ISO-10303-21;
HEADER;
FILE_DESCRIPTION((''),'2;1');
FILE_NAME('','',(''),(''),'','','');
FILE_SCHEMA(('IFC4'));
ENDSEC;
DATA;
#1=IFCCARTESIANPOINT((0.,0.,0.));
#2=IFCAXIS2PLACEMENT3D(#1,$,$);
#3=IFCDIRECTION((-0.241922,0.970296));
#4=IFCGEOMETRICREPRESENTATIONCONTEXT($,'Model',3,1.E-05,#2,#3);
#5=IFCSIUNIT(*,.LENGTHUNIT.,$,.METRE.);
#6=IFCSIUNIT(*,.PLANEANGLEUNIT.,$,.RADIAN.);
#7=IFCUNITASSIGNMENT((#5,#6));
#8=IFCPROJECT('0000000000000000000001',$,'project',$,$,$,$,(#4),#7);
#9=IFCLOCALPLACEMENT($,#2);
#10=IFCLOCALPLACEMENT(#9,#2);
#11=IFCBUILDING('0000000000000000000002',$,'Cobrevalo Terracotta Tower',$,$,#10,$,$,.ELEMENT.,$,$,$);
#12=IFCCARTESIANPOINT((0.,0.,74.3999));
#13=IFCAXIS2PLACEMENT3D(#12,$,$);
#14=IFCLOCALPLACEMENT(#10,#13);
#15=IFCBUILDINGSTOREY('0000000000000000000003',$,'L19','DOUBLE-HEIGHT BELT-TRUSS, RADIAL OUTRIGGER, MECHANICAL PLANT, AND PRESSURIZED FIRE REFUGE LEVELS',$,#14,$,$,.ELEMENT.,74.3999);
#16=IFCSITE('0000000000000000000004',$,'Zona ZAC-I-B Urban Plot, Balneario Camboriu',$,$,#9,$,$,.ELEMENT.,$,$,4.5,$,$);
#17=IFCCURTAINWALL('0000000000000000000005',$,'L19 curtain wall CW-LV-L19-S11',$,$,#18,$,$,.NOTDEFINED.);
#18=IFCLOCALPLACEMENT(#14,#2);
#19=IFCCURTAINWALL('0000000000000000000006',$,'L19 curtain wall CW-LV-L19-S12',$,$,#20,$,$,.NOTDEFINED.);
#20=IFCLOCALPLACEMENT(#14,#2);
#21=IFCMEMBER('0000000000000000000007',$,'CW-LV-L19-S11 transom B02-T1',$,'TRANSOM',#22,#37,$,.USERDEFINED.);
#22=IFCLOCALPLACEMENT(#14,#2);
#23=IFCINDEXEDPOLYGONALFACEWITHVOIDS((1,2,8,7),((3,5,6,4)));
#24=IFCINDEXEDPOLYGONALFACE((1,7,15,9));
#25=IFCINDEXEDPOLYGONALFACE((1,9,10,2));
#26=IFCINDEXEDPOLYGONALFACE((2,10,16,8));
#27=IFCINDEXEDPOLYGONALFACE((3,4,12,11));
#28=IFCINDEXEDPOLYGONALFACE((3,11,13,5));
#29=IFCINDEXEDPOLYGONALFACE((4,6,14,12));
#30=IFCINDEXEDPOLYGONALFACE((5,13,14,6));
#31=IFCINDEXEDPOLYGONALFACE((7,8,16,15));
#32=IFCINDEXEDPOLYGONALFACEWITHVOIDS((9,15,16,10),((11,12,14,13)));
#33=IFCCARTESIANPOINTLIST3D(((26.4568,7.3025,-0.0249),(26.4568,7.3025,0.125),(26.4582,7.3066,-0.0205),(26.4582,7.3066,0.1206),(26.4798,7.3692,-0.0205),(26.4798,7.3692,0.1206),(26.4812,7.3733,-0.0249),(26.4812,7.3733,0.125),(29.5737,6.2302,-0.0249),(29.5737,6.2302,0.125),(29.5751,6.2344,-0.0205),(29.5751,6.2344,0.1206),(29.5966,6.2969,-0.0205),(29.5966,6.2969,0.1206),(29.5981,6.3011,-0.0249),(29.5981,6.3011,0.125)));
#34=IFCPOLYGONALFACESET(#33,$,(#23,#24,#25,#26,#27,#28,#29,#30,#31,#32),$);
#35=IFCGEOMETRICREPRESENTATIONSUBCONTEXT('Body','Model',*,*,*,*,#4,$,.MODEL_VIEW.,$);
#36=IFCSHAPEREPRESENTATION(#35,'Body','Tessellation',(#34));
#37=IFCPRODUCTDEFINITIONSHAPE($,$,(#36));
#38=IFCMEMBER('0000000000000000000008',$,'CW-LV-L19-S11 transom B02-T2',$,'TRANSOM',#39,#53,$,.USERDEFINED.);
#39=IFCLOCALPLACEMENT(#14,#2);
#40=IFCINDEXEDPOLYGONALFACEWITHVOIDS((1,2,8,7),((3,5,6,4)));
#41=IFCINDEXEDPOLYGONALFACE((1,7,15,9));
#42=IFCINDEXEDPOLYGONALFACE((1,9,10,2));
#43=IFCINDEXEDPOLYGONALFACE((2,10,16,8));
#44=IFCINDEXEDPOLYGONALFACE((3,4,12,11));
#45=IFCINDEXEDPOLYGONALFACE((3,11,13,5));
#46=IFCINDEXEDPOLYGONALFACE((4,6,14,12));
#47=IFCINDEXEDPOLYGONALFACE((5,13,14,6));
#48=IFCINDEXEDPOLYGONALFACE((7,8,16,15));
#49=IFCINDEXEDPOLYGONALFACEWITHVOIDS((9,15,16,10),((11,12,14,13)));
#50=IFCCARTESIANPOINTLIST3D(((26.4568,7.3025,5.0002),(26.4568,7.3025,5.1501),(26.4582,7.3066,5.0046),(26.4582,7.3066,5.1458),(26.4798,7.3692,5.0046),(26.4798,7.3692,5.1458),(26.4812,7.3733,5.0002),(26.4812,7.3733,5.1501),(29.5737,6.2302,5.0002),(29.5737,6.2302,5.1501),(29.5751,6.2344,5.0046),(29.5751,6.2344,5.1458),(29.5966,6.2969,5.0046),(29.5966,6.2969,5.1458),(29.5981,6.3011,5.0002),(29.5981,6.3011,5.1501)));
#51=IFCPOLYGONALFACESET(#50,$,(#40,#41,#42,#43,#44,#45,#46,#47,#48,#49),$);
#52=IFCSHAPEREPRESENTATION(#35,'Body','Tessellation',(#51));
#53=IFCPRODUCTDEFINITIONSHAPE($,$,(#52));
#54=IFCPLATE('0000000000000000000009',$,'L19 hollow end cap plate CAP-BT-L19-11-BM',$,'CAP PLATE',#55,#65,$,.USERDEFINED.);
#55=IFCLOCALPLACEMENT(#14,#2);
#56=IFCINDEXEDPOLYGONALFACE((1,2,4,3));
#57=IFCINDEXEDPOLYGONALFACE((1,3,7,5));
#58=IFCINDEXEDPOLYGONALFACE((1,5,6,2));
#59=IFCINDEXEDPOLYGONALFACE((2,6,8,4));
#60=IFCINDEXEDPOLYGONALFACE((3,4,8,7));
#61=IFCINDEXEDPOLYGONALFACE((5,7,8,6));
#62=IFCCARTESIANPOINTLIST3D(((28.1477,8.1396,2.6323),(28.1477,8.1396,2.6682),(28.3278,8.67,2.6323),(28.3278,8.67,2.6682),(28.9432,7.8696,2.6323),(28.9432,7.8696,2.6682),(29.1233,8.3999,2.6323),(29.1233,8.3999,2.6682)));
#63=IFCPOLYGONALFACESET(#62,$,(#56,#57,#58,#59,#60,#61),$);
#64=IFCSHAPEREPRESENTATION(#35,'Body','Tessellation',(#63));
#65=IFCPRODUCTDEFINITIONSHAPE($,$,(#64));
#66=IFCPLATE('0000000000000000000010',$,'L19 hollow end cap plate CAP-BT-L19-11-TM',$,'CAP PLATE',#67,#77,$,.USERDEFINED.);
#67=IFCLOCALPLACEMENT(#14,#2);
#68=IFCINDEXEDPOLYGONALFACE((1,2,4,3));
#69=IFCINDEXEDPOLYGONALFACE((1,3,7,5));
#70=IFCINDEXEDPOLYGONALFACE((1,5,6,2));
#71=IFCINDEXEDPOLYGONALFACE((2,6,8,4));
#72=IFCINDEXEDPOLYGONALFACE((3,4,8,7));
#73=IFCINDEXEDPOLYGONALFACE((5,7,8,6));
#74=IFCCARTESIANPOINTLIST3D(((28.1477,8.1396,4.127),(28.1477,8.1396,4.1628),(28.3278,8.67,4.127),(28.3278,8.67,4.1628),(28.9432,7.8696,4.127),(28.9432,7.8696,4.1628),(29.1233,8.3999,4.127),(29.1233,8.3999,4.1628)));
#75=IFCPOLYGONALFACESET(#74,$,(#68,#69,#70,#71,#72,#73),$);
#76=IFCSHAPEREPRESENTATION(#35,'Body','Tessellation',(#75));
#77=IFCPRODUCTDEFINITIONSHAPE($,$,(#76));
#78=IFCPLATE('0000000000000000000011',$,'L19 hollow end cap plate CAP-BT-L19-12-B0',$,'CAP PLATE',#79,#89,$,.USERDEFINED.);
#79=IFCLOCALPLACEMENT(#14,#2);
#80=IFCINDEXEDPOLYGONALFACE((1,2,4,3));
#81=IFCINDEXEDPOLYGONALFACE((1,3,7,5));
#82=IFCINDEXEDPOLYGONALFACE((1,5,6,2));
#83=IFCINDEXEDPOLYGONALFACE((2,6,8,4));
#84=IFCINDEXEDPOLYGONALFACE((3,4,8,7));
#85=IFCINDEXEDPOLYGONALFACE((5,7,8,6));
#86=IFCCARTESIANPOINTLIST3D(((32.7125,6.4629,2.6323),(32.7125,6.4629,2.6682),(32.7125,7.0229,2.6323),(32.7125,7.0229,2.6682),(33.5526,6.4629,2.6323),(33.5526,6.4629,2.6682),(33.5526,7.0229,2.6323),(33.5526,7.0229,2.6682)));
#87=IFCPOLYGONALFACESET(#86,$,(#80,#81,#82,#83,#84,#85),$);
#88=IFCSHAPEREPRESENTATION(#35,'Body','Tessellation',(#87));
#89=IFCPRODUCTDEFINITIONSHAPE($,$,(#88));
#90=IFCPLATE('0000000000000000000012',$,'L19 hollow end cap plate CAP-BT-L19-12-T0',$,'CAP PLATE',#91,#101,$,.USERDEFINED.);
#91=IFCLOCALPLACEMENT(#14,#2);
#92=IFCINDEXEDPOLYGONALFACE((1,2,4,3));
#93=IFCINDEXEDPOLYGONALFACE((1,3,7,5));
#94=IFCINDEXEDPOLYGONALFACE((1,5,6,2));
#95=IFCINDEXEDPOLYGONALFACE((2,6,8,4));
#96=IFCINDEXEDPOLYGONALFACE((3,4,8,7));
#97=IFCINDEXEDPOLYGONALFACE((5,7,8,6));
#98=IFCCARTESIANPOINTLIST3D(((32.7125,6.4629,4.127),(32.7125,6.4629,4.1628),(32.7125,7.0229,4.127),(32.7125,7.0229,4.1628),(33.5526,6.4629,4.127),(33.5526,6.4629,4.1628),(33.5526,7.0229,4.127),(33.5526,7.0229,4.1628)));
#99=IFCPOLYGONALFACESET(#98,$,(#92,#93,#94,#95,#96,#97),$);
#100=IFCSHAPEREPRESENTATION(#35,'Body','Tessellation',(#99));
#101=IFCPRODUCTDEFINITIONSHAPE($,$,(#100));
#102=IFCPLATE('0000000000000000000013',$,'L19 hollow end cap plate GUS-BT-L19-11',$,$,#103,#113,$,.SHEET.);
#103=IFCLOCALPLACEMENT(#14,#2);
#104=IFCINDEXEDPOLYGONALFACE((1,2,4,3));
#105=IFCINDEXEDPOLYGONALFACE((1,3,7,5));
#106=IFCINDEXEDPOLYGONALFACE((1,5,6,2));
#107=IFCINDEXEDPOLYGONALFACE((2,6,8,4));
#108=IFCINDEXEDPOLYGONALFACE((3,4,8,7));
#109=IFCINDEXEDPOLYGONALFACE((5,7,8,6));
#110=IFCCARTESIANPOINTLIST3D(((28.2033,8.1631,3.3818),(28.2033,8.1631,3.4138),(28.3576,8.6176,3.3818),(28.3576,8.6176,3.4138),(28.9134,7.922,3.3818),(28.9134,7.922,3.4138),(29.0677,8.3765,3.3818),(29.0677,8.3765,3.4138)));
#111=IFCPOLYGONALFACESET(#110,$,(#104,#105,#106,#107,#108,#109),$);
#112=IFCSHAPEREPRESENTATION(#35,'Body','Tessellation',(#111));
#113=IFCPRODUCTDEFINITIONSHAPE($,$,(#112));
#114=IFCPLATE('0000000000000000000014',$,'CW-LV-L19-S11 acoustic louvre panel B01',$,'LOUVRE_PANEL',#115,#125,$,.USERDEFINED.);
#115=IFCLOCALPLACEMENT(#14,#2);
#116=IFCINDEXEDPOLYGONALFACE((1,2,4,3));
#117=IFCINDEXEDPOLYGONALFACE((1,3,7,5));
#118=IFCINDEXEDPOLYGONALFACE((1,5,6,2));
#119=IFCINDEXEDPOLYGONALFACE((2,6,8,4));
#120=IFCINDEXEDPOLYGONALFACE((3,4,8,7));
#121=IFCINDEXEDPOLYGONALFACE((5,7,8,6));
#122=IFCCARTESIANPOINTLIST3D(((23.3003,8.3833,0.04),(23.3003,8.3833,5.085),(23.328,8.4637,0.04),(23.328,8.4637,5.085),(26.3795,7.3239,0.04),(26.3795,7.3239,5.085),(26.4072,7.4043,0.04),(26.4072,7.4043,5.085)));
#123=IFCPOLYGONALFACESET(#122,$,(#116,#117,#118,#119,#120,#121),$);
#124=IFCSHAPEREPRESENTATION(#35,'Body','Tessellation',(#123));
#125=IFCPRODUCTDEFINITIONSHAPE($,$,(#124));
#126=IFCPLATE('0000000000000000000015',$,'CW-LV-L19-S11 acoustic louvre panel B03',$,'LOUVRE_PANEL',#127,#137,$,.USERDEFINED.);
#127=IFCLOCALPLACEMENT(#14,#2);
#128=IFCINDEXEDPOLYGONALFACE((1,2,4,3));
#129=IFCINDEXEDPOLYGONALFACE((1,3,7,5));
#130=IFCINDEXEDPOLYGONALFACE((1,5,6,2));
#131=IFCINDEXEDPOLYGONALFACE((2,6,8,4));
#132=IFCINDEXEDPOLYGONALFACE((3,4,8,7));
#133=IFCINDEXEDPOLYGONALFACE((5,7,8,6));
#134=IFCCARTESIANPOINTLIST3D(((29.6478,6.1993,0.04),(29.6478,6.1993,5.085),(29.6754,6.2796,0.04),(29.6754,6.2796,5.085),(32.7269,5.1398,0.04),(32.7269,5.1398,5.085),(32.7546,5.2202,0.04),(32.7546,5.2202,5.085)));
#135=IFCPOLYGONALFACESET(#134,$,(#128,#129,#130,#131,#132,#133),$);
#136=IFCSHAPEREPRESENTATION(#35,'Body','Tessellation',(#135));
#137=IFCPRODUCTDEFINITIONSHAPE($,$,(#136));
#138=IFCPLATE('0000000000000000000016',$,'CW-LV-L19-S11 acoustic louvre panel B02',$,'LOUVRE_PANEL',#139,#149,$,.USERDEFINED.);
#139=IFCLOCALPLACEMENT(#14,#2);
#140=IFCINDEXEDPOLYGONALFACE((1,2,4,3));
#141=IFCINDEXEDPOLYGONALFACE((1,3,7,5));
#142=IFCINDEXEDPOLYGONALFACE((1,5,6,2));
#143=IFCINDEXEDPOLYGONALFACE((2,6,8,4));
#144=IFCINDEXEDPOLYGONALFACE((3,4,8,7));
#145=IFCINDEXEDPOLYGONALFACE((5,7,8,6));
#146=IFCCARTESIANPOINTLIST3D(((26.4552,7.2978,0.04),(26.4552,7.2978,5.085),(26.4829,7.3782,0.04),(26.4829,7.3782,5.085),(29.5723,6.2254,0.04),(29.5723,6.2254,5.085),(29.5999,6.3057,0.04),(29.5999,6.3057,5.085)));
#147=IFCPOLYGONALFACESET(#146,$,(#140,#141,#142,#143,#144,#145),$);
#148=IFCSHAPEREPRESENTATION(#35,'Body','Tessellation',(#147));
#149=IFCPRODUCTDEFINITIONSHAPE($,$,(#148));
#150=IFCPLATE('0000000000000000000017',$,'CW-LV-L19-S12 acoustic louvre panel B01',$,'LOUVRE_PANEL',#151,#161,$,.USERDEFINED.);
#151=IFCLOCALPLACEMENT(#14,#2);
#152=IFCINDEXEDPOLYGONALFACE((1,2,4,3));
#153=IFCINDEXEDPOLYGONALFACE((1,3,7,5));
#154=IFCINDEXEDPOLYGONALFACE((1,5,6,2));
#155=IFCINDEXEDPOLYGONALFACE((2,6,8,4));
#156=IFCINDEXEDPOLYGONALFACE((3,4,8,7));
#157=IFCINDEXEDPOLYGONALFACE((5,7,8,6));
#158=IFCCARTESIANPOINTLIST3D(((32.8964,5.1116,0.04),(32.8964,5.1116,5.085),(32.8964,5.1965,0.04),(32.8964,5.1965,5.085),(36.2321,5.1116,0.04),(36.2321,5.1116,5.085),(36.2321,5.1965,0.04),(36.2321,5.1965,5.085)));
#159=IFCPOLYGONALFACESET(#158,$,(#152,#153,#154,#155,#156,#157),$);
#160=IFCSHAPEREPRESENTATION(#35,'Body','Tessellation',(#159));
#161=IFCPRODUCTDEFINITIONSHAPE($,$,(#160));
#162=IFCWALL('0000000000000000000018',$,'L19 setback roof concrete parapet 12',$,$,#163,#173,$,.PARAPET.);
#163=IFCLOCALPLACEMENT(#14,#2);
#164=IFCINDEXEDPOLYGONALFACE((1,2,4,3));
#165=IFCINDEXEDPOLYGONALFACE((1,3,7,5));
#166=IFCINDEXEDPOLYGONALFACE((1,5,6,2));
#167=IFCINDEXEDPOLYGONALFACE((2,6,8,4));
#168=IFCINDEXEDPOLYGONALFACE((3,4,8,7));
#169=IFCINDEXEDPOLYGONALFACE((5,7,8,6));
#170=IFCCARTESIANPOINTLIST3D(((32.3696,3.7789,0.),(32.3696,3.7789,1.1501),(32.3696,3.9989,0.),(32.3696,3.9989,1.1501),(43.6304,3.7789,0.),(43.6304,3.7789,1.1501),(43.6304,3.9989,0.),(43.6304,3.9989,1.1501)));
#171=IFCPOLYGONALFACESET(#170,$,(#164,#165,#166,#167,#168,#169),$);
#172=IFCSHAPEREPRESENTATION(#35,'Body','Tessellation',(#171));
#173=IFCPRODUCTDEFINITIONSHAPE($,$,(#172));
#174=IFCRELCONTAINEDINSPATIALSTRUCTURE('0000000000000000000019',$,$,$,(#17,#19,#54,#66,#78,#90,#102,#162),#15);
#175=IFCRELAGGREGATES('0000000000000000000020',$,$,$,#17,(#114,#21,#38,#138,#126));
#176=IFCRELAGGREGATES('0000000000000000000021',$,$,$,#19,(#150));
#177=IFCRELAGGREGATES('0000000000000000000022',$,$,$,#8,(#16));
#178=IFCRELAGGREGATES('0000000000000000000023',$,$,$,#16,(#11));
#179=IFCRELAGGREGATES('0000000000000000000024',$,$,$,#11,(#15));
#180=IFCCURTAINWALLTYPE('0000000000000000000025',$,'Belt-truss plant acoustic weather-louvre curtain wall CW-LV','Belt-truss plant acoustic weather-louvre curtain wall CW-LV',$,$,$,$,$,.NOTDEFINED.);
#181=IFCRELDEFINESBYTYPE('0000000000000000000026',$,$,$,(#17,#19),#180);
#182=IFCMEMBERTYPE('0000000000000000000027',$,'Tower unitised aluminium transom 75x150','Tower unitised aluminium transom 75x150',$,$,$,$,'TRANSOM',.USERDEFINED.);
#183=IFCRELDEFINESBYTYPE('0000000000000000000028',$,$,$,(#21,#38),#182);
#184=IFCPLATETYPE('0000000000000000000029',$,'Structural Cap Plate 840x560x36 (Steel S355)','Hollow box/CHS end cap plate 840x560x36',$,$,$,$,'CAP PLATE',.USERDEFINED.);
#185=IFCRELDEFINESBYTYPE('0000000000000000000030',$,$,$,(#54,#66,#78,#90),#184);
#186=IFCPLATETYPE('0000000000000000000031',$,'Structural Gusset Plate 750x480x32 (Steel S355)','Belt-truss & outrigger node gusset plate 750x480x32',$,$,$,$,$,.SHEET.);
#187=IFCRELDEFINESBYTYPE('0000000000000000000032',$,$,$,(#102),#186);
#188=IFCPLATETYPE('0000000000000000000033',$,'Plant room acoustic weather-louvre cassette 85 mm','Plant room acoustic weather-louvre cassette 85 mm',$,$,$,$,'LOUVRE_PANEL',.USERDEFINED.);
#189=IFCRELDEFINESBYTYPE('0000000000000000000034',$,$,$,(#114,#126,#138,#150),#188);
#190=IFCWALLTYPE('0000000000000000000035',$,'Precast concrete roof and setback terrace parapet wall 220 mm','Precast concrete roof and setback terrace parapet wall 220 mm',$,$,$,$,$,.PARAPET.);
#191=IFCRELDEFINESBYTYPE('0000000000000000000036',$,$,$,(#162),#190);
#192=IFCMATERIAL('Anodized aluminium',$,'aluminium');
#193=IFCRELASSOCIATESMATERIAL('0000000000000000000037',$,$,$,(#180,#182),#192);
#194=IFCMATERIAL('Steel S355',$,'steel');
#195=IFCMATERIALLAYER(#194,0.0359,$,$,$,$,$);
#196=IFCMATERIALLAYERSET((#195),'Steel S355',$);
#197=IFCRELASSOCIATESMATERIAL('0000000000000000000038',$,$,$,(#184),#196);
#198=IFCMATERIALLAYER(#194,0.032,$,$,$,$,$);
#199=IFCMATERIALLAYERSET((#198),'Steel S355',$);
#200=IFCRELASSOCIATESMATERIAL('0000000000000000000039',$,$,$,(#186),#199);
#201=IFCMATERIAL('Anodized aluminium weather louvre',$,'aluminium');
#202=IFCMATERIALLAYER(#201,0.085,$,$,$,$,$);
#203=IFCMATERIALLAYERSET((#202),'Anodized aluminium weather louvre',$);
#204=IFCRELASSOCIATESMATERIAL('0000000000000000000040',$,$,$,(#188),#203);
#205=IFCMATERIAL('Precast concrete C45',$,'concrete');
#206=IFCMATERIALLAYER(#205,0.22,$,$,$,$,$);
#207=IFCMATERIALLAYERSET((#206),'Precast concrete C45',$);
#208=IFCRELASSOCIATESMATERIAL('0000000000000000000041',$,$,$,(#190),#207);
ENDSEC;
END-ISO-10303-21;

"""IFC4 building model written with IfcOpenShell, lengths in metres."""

from ifc_helpers import new_model, si_unit, direction, frame, frame_2d, origin, origin_2d, place, context, subcontext, project, spatial, rectangle, hollow_rectangle, extrude, source, transform, mapped, material, layer, layer_set, material_profile, profile_set, type_object, element, aggregate, save


model = new_model("IFC4")

# Units and contexts
model_context = context("Model", 3, precision=1e-05, world=origin(), true_north=direction((-0.241922, 0.970296)))
body_context = subcontext(model_context, "Body", "Model", "MODEL_VIEW")
ifc_project = project(units=[si_unit("LENGTHUNIT", "METRE"), si_unit("PLANEANGLEUNIT", "RADIAN")], contexts=[model_context])

# Site, building, storey
site_placement = place(None, origin())
site = spatial("IfcSite", under=ifc_project, at=site_placement, Name="Zona ZAC-I-B Urban Plot, Balneario Camboriu", CompositionType="ELEMENT", RefElevation=4.5)
building_placement = place(site_placement, origin())
building = spatial("IfcBuilding", under=site, at=building_placement, Name="Cobrevalo Terracotta Tower", CompositionType="ELEMENT")
storey_placement = place(building_placement, frame((0.0, 0.0, 74.3999)))
storey = spatial("IfcBuildingStorey", under=building, at=storey_placement, Name="L19", Description="DOUBLE-HEIGHT BELT-TRUSS, RADIAL OUTRIGGER, MECHANICAL PLANT, AND PRESSURIZED FIRE REFUGE LEVELS", CompositionType="ELEMENT", Elevation=74.3999)

# Shared definitions
ifc_material_1 = material(Name="Steel S355", Category="steel")

# Curtain walls
ifc_material_2 = material(Name="Anodized aluminium", Category="aluminium")
curtain_wall_type = type_object("IfcCurtainWallType", Name="Belt-truss plant acoustic weather-louvre curtain wall CW-LV", Description="Belt-truss plant acoustic weather-louvre curtain wall CW-LV", PredefinedType="NOTDEFINED", material=ifc_material_2)
curtain_wall_1_placement = place(storey_placement, origin())
curtain_wall_1 = element("IfcCurtainWall", 1, at=curtain_wall_1_placement, inside=storey, type_object=curtain_wall_type, Name="L19 curtain wall CW-LV-L19-S11", PredefinedType="NOTDEFINED")
curtain_wall_2_placement = place(storey_placement, origin())
curtain_wall_2 = element("IfcCurtainWall", 2, at=curtain_wall_2_placement, inside=storey, type_object=curtain_wall_type, Name="L19 curtain wall CW-LV-L19-S12", PredefinedType="NOTDEFINED")

# Members
ifc_material_profile_1 = material_profile(ifc_material_2, hollow_rectangle(XDim=0.075, YDim=0.1499, WallThickness=0.0044, at=origin_2d()), Name="CWT 75x150")
ifc_profile_set_1 = profile_set([ifc_material_profile_1], Name="Anodized aluminium")
member_type_1 = type_object("IfcMemberType", Name="Tower unitised aluminium transom 75x150", Description="Tower unitised aluminium transom 75x150", ElementType="TRANSOM", PredefinedType="USERDEFINED", material=ifc_profile_set_1)
shared_shape_1 = source(origin(), body_context, "Body", "SweptSolid", [
    extrude(hollow_rectangle(XDim=0.075, YDim=0.1499, WallThickness=0.0044, at=origin_2d()), origin(), (0.0, 0.0, 1.0), 3.2961),
])
member_1_placement = place(storey_placement, frame((26.469, 7.3379, 0.05), z_axis=(0.94561, -0.325301, 0.0), x_axis=(0.325301, 0.94561, 0.0)))
member_1 = element("IfcMember", 3, at=member_1_placement, type_object=member_type_1, Name="CW-LV-L19-S11 transom B02-T1", ObjectType="TRANSOM", PredefinedType="USERDEFINED", context=body_context, shape_type="MappedRepresentation", body=[
    mapped(shared_shape_1, transform((0.0, 0.0, 0.0), scale=1.0)),
])
member_2_placement = place(storey_placement, frame((26.469, 7.3379, 5.0752), z_axis=(0.94561, -0.325301, 0.0), x_axis=(0.325301, 0.94561, 0.0)))
member_2 = element("IfcMember", 4, at=member_2_placement, type_object=member_type_1, Name="CW-LV-L19-S11 transom B02-T2", ObjectType="TRANSOM", PredefinedType="USERDEFINED", context=body_context, shape_type="MappedRepresentation", body=[
    mapped(shared_shape_1, transform((0.0, 0.0, 0.0), scale=1.0)),
])

# Plates
ifc_layer_1 = layer(ifc_material_1, 0.0359)
ifc_layer_set_1 = layer_set([ifc_layer_1], Name="Steel S355")
plate_type_1 = type_object("IfcPlateType", Name="Structural Cap Plate 840x560x36 (Steel S355)", Description="Hollow box/CHS end cap plate 840x560x36", ElementType="CAP PLATE", PredefinedType="USERDEFINED", material=ifc_layer_set_1)
shared_shape_2 = source(origin(), body_context, "Body", "SweptSolid", [
    extrude(rectangle(XDim=0.8401, YDim=0.5601, at=origin_2d()), origin(), (0.0, 0.0, 1.0), 0.0359),
])
for number, where, z_axis, x_axis, name in (
    (5, (28.6355, 8.2698, 2.6323), (0.0, 0.0, 1.0), (0.946916, -0.321482, 0.0), "L19 hollow end cap plate CAP-BT-L19-11-BM"),
    (6, (28.6355, 8.2698, 4.127), (0.0, 0.0, 1.0), (0.946916, -0.321482, 0.0), "L19 hollow end cap plate CAP-BT-L19-11-TM"),
    (7, (33.1326, 6.7429, 2.6323), (0.0, 0.0, 1.0), (1.0, 0.0, 0.0), "L19 hollow end cap plate CAP-BT-L19-12-B0"),
    (8, (33.1326, 6.7429, 4.127), (0.0, 0.0, 1.0), (1.0, 0.0, 0.0), "L19 hollow end cap plate CAP-BT-L19-12-T0"),
):
    element("IfcPlate", number, at=place(storey_placement, frame(where, z_axis=z_axis, x_axis=x_axis)), inside=storey, type_object=plate_type_1, Name=name, ObjectType="CAP PLATE", PredefinedType="USERDEFINED", context=body_context, shape_type="MappedRepresentation", body=[
        mapped(shared_shape_2, transform((0.0, 0.0, 0.0), scale=1.0)),
    ])
ifc_layer_2 = layer(ifc_material_1, 0.032)
ifc_layer_set_2 = layer_set([ifc_layer_2], Name="Steel S355")
plate_type_2 = type_object("IfcPlateType", Name="Structural Gusset Plate 750x480x32 (Steel S355)", Description="Belt-truss & outrigger node gusset plate 750x480x32", PredefinedType="SHEET", material=ifc_layer_set_2)
shared_shape_3 = source(origin(), body_context, "Body", "SweptSolid", [
    extrude(rectangle(XDim=0.75, YDim=0.48, at=origin_2d()), origin(), (0.0, 0.0, 1.0), 0.032),
])
plate_1_placement = place(storey_placement, frame((28.6355, 8.2698, 3.3818), z_axis=(0.0, 0.0, 1.0), x_axis=(0.946916, -0.321482, 0.0)))
element("IfcPlate", 9, at=plate_1_placement, inside=storey, type_object=plate_type_2, Name="L19 hollow end cap plate GUS-BT-L19-11", PredefinedType="SHEET", context=body_context, shape_type="MappedRepresentation", body=[
    mapped(shared_shape_3, transform((0.0, 0.0, 0.0), scale=1.0)),
])

# Plates
ifc_material_3 = material(Name="Anodized aluminium weather louvre", Category="aluminium")
ifc_layer_3 = layer(ifc_material_3, 0.085)
ifc_layer_set_3 = layer_set([ifc_layer_3], Name="Anodized aluminium weather louvre")
plate_type_3 = type_object("IfcPlateType", Name="Plant room acoustic weather-louvre cassette 85 mm", Description="Plant room acoustic weather-louvre cassette 85 mm", ElementType="LOUVRE_PANEL", PredefinedType="USERDEFINED", material=ifc_layer_set_3)
shared_shape_4 = source(origin(), body_context, "Body", "SweptSolid", [
    extrude(rectangle(XDim=3.2563, YDim=0.085, at=origin_2d()), origin(), (0.0, 0.0, 1.0), 5.0449),
])
plate_2_placement = place(storey_placement, frame((24.8538, 7.8938, 0.04), z_axis=(0.0, 0.0, 1.0), x_axis=(0.945596, -0.325342, 0.0)))
plate_2 = element("IfcPlate", 10, at=plate_2_placement, type_object=plate_type_3, Name="CW-LV-L19-S11 acoustic louvre panel B01", ObjectType="LOUVRE_PANEL", PredefinedType="USERDEFINED", context=body_context, shape_type="MappedRepresentation", body=[
    mapped(shared_shape_4, transform((0.0, 0.0, 0.0), scale=1.0)),
])
plate_3_placement = place(storey_placement, frame((31.2012, 5.7097, 0.04), z_axis=(0.0, 0.0, 1.0), x_axis=(0.945596, -0.325342, 0.0)))
plate_3 = element("IfcPlate", 11, at=plate_3_placement, type_object=plate_type_3, Name="CW-LV-L19-S11 acoustic louvre panel B03", ObjectType="LOUVRE_PANEL", PredefinedType="USERDEFINED", context=body_context, shape_type="MappedRepresentation", body=[
    mapped(shared_shape_4, transform((0.0, 0.0, 0.0), scale=1.0)),
])
shared_shape_5 = source(origin(), body_context, "Body", "SweptSolid", [
    extrude(rectangle(XDim=3.2964, YDim=0.085, at=origin_2d()), origin(), (0.0, 0.0, 1.0), 5.0449),
])
plate_4_placement = place(storey_placement, frame((28.0276, 6.8018, 0.04), z_axis=(0.0, 0.0, 1.0), x_axis=(0.945596, -0.325342, 0.0)))
plate_4 = element("IfcPlate", 12, at=plate_4_placement, type_object=plate_type_3, Name="CW-LV-L19-S11 acoustic louvre panel B02", ObjectType="LOUVRE_PANEL", PredefinedType="USERDEFINED", context=body_context, shape_type="MappedRepresentation", body=[
    mapped(shared_shape_5, transform((0.0, 0.0, 0.0), scale=1.0)),
])
aggregate(curtain_wall_1, [plate_2, member_1, member_2, plate_4, plate_3])
shared_shape_6 = source(origin(), body_context, "Body", "SweptSolid", [
    extrude(rectangle(XDim=3.3357, YDim=0.085, at=origin_2d()), origin(), (0.0, 0.0, 1.0), 5.0449),
])
plate_5_placement = place(storey_placement, frame((34.5642, 5.1541, 0.04), z_axis=(0.0, 0.0, 1.0), x_axis=(1.0, 0.0, 0.0)))
plate_5 = element("IfcPlate", 13, at=plate_5_placement, type_object=plate_type_3, Name="CW-LV-L19-S12 acoustic louvre panel B01", ObjectType="LOUVRE_PANEL", PredefinedType="USERDEFINED", context=body_context, shape_type="MappedRepresentation", body=[
    mapped(shared_shape_6, transform((0.0, 0.0, 0.0), scale=1.0)),
])
aggregate(curtain_wall_2, [plate_5])

# Wall
ifc_material_4 = material(Name="Precast concrete C45", Category="concrete")
ifc_layer_4 = layer(ifc_material_4, 0.22)
ifc_layer_set_4 = layer_set([ifc_layer_4], Name="Precast concrete C45")
wall_type = type_object("IfcWallType", Name="Precast concrete roof and setback terrace parapet wall 220 mm", Description="Precast concrete roof and setback terrace parapet wall 220 mm", PredefinedType="PARAPET", material=ifc_layer_set_4)
wall_placement = place(storey_placement, frame((32.3696, 3.8889, 0.0), z_axis=(0.0, 0.0, 1.0), x_axis=(1.0, 0.0, 0.0)))
element("IfcWall", 14, at=wall_placement, inside=storey, type_object=wall_type, Name="L19 setback roof concrete parapet 12", PredefinedType="PARAPET", context=body_context, shape_type="SweptSolid", body=[
    extrude(rectangle(XDim=11.2607, YDim=0.22, at=frame_2d((5.6304, 0.0))), origin(), (0.0, 0.0, 1.0), 1.1501),
])

save(model, "model.ifc")
